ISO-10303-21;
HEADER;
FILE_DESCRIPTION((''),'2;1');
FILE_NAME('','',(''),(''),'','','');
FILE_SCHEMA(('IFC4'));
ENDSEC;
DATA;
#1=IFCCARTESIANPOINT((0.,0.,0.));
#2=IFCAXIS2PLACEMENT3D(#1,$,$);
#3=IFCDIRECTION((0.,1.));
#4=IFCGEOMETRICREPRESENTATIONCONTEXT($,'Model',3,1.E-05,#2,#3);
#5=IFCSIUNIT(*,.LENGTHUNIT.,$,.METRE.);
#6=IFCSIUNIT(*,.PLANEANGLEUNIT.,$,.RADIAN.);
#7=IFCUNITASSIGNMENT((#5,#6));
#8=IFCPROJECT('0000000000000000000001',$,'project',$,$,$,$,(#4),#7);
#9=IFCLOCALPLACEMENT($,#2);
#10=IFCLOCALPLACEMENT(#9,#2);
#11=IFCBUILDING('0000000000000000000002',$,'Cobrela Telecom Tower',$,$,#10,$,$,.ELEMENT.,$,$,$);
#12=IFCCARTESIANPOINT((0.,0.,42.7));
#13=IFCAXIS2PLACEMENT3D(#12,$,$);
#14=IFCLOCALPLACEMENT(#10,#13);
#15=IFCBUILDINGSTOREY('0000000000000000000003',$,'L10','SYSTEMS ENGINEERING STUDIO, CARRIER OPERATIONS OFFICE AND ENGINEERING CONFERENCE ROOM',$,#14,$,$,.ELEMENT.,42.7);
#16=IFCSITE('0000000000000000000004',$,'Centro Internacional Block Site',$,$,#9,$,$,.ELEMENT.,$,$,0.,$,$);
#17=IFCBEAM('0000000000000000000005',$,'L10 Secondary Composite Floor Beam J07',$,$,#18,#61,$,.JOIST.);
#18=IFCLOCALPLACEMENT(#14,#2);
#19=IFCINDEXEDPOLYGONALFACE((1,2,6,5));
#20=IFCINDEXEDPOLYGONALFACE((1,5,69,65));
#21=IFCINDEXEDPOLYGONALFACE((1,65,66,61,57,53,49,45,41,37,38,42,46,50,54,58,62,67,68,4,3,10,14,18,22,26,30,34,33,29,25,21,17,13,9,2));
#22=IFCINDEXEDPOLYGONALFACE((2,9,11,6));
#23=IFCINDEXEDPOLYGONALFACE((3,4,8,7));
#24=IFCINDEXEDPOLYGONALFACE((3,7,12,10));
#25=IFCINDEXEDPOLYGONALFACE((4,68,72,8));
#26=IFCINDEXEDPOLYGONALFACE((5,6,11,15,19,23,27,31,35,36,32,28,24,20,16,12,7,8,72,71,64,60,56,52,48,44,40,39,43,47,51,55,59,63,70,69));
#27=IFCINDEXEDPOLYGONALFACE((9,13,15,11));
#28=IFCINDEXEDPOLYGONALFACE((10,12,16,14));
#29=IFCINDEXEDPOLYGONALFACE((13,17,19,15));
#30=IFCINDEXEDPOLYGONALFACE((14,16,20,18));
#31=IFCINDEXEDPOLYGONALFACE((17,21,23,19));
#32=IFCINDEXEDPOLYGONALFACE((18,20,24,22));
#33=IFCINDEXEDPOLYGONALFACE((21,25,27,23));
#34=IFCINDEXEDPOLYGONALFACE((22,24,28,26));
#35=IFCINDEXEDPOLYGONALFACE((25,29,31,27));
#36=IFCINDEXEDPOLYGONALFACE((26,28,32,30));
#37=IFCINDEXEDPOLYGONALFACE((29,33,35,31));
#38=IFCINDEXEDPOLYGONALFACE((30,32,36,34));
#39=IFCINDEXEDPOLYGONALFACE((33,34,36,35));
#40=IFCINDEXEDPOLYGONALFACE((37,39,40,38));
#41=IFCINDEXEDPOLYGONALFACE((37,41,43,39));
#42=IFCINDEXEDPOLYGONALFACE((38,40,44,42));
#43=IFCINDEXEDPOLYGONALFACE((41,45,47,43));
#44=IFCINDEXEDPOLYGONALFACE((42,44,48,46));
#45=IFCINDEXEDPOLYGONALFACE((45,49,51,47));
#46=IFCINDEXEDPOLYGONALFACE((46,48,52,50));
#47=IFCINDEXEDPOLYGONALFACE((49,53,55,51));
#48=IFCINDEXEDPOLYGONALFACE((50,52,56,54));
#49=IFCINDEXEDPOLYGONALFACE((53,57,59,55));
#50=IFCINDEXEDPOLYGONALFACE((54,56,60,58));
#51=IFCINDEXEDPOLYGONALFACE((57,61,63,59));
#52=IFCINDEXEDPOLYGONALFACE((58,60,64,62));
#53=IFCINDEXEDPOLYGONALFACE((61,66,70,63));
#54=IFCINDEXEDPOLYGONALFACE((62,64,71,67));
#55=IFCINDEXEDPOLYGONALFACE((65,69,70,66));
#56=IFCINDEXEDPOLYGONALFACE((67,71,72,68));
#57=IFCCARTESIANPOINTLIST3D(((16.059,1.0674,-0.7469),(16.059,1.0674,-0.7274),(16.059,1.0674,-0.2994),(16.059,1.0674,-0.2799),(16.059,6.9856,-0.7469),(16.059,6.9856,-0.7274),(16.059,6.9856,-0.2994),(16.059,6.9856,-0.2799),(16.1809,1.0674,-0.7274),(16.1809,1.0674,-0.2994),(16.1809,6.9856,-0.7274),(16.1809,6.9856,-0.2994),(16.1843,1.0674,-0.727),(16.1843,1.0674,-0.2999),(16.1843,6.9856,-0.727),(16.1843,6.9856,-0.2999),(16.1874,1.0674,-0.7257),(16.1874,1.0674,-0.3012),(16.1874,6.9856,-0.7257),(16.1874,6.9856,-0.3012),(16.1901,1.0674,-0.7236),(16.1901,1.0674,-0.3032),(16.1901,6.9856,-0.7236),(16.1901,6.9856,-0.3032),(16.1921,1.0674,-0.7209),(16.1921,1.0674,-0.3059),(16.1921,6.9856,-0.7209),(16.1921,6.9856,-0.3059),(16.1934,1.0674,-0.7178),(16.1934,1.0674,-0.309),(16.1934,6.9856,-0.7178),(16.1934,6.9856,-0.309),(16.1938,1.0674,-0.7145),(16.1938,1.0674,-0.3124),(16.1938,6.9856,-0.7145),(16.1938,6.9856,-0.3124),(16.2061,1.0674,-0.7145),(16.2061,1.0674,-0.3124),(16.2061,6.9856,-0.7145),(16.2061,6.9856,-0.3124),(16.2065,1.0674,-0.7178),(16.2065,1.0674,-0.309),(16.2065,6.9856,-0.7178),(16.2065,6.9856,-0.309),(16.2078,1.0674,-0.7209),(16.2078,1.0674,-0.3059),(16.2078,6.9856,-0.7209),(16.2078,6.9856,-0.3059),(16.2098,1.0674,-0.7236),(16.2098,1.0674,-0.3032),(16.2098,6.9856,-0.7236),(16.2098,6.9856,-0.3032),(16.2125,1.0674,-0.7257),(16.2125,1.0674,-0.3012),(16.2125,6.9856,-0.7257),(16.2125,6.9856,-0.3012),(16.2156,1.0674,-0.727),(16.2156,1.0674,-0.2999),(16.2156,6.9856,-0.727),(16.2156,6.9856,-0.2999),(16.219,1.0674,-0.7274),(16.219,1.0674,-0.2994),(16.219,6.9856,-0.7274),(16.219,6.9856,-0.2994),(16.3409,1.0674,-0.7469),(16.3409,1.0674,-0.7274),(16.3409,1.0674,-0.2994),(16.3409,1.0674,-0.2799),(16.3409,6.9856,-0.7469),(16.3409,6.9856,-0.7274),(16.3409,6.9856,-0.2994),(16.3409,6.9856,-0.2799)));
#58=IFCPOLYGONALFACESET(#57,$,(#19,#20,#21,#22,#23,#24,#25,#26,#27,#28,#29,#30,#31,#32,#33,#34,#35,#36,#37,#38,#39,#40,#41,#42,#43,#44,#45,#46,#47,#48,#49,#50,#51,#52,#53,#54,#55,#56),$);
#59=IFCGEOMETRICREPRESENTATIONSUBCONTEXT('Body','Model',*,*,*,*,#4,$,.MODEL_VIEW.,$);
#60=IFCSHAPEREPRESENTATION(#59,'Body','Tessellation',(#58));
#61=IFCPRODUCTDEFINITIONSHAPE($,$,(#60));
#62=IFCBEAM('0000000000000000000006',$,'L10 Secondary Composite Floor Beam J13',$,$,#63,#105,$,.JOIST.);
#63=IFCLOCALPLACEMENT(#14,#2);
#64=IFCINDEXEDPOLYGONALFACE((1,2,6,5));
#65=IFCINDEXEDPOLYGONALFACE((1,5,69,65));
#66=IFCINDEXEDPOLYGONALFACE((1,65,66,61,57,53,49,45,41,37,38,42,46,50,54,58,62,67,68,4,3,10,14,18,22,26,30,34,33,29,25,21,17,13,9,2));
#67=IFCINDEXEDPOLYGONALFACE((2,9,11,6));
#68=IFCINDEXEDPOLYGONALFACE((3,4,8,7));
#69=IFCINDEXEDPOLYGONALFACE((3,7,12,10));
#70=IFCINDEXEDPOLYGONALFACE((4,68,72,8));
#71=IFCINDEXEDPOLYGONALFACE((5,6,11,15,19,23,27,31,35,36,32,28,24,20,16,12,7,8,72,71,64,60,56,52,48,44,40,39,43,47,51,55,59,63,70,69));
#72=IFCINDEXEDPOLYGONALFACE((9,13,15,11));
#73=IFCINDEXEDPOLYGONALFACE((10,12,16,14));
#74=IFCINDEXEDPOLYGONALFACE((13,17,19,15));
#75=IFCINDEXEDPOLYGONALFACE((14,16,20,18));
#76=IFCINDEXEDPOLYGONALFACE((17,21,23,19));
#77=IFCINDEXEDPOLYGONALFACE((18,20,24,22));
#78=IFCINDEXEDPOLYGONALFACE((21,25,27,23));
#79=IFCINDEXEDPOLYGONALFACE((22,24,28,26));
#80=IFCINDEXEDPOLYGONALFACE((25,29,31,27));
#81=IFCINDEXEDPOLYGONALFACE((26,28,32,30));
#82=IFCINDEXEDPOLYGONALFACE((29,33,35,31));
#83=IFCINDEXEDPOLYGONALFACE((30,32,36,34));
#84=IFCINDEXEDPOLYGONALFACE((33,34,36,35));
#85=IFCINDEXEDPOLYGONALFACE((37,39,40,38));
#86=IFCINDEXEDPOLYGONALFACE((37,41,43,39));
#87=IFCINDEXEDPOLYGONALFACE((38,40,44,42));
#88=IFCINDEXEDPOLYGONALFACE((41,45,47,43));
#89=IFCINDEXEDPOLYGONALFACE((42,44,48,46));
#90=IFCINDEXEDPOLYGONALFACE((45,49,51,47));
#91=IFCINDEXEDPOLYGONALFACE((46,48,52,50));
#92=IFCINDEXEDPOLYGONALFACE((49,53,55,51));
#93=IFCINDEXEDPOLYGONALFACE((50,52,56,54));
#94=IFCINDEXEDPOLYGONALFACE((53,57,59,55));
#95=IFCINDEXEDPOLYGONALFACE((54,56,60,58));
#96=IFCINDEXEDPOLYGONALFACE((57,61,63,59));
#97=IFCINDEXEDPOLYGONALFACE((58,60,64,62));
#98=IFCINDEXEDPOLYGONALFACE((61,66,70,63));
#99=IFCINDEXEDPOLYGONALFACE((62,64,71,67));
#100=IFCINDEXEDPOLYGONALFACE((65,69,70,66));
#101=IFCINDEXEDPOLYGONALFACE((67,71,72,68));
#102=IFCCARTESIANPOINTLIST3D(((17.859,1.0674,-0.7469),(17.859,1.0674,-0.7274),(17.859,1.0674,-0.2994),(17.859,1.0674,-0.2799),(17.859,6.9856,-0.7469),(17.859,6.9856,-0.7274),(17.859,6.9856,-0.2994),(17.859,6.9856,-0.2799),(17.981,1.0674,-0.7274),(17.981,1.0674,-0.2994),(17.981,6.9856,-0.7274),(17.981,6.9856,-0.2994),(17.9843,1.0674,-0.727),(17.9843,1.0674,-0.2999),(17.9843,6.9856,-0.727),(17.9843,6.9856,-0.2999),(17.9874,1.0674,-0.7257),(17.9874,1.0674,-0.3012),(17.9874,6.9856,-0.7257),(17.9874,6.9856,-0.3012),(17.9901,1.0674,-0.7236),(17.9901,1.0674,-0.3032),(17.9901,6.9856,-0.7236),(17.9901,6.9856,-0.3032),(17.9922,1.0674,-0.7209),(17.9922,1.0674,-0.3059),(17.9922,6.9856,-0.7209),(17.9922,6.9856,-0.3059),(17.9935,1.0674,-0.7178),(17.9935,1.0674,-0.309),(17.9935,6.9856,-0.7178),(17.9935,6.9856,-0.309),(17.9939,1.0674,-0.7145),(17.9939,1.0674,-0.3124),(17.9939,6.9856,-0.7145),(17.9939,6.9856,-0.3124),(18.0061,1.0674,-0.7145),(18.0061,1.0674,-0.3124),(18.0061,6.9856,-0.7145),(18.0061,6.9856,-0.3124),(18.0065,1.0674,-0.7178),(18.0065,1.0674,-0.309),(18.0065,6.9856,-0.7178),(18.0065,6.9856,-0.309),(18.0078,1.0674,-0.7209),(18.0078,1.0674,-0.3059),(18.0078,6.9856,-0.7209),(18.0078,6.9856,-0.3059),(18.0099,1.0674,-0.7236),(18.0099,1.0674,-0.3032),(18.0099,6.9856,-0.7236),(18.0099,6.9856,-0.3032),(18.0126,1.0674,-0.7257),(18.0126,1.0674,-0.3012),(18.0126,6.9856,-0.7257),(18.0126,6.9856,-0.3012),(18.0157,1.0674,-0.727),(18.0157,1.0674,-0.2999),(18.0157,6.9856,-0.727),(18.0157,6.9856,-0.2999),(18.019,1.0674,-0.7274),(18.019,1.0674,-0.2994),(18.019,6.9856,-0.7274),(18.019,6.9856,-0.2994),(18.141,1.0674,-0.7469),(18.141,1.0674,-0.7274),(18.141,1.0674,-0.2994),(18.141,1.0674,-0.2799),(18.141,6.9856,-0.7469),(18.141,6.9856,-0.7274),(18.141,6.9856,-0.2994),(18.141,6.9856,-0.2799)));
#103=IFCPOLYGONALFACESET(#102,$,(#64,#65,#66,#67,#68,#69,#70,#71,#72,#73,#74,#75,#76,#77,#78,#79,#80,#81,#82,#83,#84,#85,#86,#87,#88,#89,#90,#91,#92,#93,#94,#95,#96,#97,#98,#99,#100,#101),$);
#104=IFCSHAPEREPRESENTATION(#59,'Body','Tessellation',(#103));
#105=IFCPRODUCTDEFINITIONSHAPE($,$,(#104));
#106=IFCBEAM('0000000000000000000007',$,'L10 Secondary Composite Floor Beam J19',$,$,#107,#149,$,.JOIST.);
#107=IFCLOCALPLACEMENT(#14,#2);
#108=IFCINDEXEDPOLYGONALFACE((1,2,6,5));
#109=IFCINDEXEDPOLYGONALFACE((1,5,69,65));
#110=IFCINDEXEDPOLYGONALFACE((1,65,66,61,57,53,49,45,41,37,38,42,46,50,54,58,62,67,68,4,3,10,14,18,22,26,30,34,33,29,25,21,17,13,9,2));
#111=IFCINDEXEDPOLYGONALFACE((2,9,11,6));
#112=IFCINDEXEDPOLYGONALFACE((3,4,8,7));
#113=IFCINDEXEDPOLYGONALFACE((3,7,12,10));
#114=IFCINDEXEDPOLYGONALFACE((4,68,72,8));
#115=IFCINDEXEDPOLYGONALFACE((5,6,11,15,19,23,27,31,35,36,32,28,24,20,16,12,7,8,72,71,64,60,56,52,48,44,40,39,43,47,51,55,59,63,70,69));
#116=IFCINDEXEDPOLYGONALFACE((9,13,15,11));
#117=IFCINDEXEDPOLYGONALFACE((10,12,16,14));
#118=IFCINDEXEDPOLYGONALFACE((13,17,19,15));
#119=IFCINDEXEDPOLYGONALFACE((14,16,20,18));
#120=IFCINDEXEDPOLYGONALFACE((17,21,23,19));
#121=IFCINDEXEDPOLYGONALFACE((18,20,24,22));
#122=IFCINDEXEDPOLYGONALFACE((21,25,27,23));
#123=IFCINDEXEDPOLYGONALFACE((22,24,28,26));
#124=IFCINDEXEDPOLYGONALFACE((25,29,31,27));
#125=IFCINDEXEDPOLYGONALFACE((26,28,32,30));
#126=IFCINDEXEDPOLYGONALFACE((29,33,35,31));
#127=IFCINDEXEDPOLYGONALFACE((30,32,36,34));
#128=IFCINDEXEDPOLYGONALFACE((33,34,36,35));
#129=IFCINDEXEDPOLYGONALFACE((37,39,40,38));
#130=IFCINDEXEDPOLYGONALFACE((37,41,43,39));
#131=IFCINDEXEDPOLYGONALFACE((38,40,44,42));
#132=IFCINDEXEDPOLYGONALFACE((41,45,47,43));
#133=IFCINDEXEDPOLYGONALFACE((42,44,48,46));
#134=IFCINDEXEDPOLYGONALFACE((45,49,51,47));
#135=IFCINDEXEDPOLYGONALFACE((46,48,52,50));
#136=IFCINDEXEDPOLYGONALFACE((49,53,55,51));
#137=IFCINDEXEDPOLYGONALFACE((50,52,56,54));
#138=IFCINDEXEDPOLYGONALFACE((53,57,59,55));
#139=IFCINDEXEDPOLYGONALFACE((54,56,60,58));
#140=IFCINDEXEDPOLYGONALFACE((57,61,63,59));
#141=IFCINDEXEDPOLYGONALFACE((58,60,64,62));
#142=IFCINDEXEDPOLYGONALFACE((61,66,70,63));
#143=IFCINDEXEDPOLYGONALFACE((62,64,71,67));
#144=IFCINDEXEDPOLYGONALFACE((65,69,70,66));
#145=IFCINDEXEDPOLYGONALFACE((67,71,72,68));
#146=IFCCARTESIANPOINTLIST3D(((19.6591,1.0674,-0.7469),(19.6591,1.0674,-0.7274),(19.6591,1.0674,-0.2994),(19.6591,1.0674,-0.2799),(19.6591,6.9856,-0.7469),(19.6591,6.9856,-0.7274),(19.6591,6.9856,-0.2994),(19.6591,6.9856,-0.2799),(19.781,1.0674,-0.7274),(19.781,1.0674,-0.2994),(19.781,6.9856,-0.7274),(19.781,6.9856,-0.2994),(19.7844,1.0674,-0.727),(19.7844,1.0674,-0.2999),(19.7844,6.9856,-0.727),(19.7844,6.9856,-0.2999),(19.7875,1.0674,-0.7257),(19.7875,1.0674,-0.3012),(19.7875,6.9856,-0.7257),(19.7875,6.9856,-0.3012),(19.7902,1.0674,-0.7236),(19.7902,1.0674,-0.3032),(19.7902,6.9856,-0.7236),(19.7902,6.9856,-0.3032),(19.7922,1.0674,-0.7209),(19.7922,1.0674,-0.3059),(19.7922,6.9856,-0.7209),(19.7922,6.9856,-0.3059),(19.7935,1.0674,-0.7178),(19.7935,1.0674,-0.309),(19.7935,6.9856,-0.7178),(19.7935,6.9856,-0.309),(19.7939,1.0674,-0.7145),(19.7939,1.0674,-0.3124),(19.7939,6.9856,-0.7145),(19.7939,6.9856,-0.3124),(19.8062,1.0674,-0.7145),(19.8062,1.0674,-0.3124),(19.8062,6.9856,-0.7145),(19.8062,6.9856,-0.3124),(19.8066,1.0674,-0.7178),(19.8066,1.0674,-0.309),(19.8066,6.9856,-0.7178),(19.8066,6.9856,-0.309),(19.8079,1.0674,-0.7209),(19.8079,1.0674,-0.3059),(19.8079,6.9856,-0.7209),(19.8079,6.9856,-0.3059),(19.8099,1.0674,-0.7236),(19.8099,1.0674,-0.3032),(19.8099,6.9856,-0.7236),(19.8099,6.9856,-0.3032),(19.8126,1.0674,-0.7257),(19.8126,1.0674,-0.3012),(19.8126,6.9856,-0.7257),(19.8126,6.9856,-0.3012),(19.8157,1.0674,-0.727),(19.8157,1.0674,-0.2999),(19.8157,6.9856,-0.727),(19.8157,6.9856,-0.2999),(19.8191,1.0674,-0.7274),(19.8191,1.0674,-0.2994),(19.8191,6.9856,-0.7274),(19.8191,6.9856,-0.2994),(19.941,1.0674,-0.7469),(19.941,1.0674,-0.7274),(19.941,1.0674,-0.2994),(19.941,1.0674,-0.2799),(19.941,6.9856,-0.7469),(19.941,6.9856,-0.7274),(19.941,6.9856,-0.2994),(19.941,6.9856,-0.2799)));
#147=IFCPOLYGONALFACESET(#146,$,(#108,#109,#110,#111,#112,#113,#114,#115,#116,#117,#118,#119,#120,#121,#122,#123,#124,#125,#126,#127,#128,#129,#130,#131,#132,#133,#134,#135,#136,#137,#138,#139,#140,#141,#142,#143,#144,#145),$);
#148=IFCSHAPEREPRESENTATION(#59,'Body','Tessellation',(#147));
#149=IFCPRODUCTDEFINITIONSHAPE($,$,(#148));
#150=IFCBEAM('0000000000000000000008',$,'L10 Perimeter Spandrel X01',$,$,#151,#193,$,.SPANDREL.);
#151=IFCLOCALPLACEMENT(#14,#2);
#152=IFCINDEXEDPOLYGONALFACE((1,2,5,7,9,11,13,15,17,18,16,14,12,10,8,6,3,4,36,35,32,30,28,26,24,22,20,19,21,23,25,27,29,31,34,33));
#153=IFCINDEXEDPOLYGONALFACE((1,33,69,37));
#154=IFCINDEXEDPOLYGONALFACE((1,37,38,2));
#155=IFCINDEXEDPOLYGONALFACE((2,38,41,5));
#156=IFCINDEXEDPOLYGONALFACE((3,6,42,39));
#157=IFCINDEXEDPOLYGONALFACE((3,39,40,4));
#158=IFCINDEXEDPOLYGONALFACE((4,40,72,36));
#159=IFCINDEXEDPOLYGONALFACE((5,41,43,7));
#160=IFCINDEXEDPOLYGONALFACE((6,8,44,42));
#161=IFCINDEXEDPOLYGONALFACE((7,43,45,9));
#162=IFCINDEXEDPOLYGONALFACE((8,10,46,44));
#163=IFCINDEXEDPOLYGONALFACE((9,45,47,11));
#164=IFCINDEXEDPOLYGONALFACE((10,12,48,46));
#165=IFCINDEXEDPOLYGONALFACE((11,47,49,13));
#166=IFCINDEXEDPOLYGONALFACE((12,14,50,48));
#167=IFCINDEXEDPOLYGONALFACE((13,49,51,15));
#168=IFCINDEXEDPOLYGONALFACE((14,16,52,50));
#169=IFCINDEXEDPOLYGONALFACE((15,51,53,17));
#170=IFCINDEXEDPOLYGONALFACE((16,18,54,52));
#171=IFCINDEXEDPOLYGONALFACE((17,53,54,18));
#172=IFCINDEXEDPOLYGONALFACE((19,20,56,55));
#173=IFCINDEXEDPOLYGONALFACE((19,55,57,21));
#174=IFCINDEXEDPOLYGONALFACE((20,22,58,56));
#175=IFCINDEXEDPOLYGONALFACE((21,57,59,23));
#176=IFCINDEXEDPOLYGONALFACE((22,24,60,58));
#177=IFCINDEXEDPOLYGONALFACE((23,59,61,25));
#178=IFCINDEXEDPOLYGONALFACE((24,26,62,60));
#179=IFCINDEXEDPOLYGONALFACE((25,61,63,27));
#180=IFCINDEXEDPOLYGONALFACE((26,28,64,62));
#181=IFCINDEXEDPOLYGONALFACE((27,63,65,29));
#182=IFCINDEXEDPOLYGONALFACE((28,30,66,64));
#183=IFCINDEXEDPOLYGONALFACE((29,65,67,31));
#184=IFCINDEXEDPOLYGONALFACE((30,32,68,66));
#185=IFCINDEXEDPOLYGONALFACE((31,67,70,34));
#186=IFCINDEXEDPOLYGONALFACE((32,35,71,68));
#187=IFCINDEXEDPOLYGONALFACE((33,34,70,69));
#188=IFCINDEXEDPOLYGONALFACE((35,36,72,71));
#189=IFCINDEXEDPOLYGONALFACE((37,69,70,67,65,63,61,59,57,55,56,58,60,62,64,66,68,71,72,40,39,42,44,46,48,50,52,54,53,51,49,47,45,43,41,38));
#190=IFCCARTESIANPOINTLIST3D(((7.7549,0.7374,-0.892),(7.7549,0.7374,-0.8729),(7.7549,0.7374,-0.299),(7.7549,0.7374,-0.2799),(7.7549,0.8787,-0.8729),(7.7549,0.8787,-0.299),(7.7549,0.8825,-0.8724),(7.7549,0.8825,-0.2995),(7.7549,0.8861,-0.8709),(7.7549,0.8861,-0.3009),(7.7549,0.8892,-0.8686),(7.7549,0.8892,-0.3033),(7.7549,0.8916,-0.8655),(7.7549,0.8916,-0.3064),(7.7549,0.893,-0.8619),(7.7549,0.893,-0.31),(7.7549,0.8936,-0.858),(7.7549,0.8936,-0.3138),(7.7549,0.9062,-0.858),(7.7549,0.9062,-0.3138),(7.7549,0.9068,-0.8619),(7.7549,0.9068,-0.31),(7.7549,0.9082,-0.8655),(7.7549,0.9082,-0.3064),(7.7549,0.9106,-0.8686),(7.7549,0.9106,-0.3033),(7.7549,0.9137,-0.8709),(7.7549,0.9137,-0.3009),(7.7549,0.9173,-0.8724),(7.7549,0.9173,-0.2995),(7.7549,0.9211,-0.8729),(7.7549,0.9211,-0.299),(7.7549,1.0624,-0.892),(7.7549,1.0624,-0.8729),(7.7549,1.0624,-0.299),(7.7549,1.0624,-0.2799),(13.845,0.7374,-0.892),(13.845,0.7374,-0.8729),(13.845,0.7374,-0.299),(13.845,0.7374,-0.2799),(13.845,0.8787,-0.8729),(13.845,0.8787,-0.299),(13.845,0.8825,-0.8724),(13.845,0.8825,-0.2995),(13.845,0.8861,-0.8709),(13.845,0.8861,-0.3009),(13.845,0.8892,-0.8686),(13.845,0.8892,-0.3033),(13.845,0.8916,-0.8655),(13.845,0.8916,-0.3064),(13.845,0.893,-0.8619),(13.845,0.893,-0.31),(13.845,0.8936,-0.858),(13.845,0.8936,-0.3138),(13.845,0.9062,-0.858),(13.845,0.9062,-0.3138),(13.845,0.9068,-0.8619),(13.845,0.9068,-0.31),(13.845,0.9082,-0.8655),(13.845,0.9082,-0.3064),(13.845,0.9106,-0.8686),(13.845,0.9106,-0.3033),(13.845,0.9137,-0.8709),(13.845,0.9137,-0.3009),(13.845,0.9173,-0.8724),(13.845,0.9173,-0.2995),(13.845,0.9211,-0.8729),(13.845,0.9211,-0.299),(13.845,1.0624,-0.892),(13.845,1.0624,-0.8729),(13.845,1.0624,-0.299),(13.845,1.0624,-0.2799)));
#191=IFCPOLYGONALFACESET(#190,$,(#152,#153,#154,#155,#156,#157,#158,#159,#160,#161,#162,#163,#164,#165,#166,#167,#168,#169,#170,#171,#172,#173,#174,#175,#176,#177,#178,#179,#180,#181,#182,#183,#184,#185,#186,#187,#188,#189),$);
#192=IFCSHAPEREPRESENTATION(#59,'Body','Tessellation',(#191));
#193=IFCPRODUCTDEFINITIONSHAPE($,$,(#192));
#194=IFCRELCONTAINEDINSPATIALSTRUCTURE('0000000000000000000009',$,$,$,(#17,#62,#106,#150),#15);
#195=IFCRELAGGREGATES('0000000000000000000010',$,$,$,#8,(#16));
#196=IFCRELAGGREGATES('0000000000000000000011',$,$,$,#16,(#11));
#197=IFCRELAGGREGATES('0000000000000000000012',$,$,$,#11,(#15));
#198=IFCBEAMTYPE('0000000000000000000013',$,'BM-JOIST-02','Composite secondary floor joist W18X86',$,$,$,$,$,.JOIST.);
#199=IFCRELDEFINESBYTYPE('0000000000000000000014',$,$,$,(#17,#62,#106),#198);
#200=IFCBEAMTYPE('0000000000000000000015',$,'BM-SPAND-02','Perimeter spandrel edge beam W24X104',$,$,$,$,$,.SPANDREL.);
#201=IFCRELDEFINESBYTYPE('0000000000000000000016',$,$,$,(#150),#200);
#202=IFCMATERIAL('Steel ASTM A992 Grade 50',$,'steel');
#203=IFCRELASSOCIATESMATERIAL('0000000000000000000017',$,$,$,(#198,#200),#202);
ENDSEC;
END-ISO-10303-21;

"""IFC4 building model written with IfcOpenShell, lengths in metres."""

from ifc_helpers import new_model, si_unit, direction, frame, origin, origin_2d, place, context, subcontext, project, spatial, i_section, extrude, material, material_profile, profile_set, type_object, element, save


model = new_model("IFC4")

# Units and contexts
model_context = context("Model", 3, precision=1e-05, world=origin(), true_north=direction((0.0, 1.0)))
body_context = subcontext(model_context, "Body", "Model", "MODEL_VIEW")
ifc_project = project(units=[si_unit("LENGTHUNIT", "METRE"), si_unit("PLANEANGLEUNIT", "RADIAN")], contexts=[model_context])

# Site, building, storey
site_placement = place(None, origin())
site = spatial("IfcSite", under=ifc_project, at=site_placement, Name="Centro Internacional Block Site", CompositionType="ELEMENT", RefElevation=0.0)
building_placement = place(site_placement, origin())
building = spatial("IfcBuilding", under=site, at=building_placement, Name="Cobrela Telecom Tower", CompositionType="ELEMENT")
storey_placement = place(building_placement, frame((0.0, 0.0, 42.7)))
storey = spatial("IfcBuildingStorey", under=building, at=storey_placement, Name="L10", Description="SYSTEMS ENGINEERING STUDIO, CARRIER OPERATIONS OFFICE AND ENGINEERING CONFERENCE ROOM", CompositionType="ELEMENT", Elevation=42.7)

# Beams
ifc_material_1 = material(Name="Steel ASTM A992 Grade 50", Category="steel")
ifc_material_profile_1 = material_profile(ifc_material_1, i_section(OverallWidth=0.282, OverallDepth=0.467, WebThickness=0.0122, FlangeThickness=0.0195, FilletRadius=0.0129, at=origin_2d()), Name="W18X86")
ifc_profile_set_1 = profile_set([ifc_material_profile_1], Name="Steel ASTM A992 Grade 50")
beam_type_1 = type_object("IfcBeamType", Name="BM-JOIST-02", Description="Composite secondary floor joist W18X86", PredefinedType="JOIST", material=ifc_profile_set_1)
for number, where, z_axis, x_axis, name in (
    (1, (16.2, 1.0674, -0.5134), (0.0, 1.0, 0.0), (-1.0, 0.0, 0.0), "L10 Secondary Composite Floor Beam J07"),
    (2, (18.0, 1.0674, -0.5134), (0.0, 1.0, 0.0), (-1.0, 0.0, 0.0), "L10 Secondary Composite Floor Beam J13"),
    (3, (19.8, 1.0674, -0.5134), (0.0, 1.0, 0.0), (-1.0, 0.0, 0.0), "L10 Secondary Composite Floor Beam J19"),
):
    element("IfcBeam", number, at=place(storey_placement, frame(where, z_axis=z_axis, x_axis=x_axis)), inside=storey, type_object=beam_type_1, Name=name, PredefinedType="JOIST", context=body_context, shape_type="SweptSolid", body=[
        extrude(i_section(OverallWidth=0.282, OverallDepth=0.467, WebThickness=0.0122, FlangeThickness=0.0195, FilletRadius=0.0129, at=origin_2d()), origin(), (0.0, 0.0, 1.0), 5.9182),
    ])
ifc_material_profile_2 = material_profile(ifc_material_1, i_section(OverallWidth=0.325, OverallDepth=0.6121, WebThickness=0.0127, FlangeThickness=0.019, FilletRadius=0.0149, at=origin_2d()), Name="W24X104")
ifc_profile_set_2 = profile_set([ifc_material_profile_2], Name="Steel ASTM A992 Grade 50")
beam_type_2 = type_object("IfcBeamType", Name="BM-SPAND-02", Description="Perimeter spandrel edge beam W24X104", PredefinedType="SPANDREL", material=ifc_profile_set_2)
beam_1_placement = place(storey_placement, frame((7.7549, 0.8999, -0.5859), z_axis=(1.0, 0.0, 0.0), x_axis=(0.0, 1.0, 0.0)))
element("IfcBeam", 4, at=beam_1_placement, inside=storey, type_object=beam_type_2, Name="L10 Perimeter Spandrel X01", PredefinedType="SPANDREL", context=body_context, shape_type="SweptSolid", body=[
    extrude(i_section(OverallWidth=0.325, OverallDepth=0.6121, WebThickness=0.0127, FlangeThickness=0.019, FilletRadius=0.0149, at=origin_2d()), origin(), (0.0, 0.0, 1.0), 6.0901),
])

save(model, "model.ifc")
